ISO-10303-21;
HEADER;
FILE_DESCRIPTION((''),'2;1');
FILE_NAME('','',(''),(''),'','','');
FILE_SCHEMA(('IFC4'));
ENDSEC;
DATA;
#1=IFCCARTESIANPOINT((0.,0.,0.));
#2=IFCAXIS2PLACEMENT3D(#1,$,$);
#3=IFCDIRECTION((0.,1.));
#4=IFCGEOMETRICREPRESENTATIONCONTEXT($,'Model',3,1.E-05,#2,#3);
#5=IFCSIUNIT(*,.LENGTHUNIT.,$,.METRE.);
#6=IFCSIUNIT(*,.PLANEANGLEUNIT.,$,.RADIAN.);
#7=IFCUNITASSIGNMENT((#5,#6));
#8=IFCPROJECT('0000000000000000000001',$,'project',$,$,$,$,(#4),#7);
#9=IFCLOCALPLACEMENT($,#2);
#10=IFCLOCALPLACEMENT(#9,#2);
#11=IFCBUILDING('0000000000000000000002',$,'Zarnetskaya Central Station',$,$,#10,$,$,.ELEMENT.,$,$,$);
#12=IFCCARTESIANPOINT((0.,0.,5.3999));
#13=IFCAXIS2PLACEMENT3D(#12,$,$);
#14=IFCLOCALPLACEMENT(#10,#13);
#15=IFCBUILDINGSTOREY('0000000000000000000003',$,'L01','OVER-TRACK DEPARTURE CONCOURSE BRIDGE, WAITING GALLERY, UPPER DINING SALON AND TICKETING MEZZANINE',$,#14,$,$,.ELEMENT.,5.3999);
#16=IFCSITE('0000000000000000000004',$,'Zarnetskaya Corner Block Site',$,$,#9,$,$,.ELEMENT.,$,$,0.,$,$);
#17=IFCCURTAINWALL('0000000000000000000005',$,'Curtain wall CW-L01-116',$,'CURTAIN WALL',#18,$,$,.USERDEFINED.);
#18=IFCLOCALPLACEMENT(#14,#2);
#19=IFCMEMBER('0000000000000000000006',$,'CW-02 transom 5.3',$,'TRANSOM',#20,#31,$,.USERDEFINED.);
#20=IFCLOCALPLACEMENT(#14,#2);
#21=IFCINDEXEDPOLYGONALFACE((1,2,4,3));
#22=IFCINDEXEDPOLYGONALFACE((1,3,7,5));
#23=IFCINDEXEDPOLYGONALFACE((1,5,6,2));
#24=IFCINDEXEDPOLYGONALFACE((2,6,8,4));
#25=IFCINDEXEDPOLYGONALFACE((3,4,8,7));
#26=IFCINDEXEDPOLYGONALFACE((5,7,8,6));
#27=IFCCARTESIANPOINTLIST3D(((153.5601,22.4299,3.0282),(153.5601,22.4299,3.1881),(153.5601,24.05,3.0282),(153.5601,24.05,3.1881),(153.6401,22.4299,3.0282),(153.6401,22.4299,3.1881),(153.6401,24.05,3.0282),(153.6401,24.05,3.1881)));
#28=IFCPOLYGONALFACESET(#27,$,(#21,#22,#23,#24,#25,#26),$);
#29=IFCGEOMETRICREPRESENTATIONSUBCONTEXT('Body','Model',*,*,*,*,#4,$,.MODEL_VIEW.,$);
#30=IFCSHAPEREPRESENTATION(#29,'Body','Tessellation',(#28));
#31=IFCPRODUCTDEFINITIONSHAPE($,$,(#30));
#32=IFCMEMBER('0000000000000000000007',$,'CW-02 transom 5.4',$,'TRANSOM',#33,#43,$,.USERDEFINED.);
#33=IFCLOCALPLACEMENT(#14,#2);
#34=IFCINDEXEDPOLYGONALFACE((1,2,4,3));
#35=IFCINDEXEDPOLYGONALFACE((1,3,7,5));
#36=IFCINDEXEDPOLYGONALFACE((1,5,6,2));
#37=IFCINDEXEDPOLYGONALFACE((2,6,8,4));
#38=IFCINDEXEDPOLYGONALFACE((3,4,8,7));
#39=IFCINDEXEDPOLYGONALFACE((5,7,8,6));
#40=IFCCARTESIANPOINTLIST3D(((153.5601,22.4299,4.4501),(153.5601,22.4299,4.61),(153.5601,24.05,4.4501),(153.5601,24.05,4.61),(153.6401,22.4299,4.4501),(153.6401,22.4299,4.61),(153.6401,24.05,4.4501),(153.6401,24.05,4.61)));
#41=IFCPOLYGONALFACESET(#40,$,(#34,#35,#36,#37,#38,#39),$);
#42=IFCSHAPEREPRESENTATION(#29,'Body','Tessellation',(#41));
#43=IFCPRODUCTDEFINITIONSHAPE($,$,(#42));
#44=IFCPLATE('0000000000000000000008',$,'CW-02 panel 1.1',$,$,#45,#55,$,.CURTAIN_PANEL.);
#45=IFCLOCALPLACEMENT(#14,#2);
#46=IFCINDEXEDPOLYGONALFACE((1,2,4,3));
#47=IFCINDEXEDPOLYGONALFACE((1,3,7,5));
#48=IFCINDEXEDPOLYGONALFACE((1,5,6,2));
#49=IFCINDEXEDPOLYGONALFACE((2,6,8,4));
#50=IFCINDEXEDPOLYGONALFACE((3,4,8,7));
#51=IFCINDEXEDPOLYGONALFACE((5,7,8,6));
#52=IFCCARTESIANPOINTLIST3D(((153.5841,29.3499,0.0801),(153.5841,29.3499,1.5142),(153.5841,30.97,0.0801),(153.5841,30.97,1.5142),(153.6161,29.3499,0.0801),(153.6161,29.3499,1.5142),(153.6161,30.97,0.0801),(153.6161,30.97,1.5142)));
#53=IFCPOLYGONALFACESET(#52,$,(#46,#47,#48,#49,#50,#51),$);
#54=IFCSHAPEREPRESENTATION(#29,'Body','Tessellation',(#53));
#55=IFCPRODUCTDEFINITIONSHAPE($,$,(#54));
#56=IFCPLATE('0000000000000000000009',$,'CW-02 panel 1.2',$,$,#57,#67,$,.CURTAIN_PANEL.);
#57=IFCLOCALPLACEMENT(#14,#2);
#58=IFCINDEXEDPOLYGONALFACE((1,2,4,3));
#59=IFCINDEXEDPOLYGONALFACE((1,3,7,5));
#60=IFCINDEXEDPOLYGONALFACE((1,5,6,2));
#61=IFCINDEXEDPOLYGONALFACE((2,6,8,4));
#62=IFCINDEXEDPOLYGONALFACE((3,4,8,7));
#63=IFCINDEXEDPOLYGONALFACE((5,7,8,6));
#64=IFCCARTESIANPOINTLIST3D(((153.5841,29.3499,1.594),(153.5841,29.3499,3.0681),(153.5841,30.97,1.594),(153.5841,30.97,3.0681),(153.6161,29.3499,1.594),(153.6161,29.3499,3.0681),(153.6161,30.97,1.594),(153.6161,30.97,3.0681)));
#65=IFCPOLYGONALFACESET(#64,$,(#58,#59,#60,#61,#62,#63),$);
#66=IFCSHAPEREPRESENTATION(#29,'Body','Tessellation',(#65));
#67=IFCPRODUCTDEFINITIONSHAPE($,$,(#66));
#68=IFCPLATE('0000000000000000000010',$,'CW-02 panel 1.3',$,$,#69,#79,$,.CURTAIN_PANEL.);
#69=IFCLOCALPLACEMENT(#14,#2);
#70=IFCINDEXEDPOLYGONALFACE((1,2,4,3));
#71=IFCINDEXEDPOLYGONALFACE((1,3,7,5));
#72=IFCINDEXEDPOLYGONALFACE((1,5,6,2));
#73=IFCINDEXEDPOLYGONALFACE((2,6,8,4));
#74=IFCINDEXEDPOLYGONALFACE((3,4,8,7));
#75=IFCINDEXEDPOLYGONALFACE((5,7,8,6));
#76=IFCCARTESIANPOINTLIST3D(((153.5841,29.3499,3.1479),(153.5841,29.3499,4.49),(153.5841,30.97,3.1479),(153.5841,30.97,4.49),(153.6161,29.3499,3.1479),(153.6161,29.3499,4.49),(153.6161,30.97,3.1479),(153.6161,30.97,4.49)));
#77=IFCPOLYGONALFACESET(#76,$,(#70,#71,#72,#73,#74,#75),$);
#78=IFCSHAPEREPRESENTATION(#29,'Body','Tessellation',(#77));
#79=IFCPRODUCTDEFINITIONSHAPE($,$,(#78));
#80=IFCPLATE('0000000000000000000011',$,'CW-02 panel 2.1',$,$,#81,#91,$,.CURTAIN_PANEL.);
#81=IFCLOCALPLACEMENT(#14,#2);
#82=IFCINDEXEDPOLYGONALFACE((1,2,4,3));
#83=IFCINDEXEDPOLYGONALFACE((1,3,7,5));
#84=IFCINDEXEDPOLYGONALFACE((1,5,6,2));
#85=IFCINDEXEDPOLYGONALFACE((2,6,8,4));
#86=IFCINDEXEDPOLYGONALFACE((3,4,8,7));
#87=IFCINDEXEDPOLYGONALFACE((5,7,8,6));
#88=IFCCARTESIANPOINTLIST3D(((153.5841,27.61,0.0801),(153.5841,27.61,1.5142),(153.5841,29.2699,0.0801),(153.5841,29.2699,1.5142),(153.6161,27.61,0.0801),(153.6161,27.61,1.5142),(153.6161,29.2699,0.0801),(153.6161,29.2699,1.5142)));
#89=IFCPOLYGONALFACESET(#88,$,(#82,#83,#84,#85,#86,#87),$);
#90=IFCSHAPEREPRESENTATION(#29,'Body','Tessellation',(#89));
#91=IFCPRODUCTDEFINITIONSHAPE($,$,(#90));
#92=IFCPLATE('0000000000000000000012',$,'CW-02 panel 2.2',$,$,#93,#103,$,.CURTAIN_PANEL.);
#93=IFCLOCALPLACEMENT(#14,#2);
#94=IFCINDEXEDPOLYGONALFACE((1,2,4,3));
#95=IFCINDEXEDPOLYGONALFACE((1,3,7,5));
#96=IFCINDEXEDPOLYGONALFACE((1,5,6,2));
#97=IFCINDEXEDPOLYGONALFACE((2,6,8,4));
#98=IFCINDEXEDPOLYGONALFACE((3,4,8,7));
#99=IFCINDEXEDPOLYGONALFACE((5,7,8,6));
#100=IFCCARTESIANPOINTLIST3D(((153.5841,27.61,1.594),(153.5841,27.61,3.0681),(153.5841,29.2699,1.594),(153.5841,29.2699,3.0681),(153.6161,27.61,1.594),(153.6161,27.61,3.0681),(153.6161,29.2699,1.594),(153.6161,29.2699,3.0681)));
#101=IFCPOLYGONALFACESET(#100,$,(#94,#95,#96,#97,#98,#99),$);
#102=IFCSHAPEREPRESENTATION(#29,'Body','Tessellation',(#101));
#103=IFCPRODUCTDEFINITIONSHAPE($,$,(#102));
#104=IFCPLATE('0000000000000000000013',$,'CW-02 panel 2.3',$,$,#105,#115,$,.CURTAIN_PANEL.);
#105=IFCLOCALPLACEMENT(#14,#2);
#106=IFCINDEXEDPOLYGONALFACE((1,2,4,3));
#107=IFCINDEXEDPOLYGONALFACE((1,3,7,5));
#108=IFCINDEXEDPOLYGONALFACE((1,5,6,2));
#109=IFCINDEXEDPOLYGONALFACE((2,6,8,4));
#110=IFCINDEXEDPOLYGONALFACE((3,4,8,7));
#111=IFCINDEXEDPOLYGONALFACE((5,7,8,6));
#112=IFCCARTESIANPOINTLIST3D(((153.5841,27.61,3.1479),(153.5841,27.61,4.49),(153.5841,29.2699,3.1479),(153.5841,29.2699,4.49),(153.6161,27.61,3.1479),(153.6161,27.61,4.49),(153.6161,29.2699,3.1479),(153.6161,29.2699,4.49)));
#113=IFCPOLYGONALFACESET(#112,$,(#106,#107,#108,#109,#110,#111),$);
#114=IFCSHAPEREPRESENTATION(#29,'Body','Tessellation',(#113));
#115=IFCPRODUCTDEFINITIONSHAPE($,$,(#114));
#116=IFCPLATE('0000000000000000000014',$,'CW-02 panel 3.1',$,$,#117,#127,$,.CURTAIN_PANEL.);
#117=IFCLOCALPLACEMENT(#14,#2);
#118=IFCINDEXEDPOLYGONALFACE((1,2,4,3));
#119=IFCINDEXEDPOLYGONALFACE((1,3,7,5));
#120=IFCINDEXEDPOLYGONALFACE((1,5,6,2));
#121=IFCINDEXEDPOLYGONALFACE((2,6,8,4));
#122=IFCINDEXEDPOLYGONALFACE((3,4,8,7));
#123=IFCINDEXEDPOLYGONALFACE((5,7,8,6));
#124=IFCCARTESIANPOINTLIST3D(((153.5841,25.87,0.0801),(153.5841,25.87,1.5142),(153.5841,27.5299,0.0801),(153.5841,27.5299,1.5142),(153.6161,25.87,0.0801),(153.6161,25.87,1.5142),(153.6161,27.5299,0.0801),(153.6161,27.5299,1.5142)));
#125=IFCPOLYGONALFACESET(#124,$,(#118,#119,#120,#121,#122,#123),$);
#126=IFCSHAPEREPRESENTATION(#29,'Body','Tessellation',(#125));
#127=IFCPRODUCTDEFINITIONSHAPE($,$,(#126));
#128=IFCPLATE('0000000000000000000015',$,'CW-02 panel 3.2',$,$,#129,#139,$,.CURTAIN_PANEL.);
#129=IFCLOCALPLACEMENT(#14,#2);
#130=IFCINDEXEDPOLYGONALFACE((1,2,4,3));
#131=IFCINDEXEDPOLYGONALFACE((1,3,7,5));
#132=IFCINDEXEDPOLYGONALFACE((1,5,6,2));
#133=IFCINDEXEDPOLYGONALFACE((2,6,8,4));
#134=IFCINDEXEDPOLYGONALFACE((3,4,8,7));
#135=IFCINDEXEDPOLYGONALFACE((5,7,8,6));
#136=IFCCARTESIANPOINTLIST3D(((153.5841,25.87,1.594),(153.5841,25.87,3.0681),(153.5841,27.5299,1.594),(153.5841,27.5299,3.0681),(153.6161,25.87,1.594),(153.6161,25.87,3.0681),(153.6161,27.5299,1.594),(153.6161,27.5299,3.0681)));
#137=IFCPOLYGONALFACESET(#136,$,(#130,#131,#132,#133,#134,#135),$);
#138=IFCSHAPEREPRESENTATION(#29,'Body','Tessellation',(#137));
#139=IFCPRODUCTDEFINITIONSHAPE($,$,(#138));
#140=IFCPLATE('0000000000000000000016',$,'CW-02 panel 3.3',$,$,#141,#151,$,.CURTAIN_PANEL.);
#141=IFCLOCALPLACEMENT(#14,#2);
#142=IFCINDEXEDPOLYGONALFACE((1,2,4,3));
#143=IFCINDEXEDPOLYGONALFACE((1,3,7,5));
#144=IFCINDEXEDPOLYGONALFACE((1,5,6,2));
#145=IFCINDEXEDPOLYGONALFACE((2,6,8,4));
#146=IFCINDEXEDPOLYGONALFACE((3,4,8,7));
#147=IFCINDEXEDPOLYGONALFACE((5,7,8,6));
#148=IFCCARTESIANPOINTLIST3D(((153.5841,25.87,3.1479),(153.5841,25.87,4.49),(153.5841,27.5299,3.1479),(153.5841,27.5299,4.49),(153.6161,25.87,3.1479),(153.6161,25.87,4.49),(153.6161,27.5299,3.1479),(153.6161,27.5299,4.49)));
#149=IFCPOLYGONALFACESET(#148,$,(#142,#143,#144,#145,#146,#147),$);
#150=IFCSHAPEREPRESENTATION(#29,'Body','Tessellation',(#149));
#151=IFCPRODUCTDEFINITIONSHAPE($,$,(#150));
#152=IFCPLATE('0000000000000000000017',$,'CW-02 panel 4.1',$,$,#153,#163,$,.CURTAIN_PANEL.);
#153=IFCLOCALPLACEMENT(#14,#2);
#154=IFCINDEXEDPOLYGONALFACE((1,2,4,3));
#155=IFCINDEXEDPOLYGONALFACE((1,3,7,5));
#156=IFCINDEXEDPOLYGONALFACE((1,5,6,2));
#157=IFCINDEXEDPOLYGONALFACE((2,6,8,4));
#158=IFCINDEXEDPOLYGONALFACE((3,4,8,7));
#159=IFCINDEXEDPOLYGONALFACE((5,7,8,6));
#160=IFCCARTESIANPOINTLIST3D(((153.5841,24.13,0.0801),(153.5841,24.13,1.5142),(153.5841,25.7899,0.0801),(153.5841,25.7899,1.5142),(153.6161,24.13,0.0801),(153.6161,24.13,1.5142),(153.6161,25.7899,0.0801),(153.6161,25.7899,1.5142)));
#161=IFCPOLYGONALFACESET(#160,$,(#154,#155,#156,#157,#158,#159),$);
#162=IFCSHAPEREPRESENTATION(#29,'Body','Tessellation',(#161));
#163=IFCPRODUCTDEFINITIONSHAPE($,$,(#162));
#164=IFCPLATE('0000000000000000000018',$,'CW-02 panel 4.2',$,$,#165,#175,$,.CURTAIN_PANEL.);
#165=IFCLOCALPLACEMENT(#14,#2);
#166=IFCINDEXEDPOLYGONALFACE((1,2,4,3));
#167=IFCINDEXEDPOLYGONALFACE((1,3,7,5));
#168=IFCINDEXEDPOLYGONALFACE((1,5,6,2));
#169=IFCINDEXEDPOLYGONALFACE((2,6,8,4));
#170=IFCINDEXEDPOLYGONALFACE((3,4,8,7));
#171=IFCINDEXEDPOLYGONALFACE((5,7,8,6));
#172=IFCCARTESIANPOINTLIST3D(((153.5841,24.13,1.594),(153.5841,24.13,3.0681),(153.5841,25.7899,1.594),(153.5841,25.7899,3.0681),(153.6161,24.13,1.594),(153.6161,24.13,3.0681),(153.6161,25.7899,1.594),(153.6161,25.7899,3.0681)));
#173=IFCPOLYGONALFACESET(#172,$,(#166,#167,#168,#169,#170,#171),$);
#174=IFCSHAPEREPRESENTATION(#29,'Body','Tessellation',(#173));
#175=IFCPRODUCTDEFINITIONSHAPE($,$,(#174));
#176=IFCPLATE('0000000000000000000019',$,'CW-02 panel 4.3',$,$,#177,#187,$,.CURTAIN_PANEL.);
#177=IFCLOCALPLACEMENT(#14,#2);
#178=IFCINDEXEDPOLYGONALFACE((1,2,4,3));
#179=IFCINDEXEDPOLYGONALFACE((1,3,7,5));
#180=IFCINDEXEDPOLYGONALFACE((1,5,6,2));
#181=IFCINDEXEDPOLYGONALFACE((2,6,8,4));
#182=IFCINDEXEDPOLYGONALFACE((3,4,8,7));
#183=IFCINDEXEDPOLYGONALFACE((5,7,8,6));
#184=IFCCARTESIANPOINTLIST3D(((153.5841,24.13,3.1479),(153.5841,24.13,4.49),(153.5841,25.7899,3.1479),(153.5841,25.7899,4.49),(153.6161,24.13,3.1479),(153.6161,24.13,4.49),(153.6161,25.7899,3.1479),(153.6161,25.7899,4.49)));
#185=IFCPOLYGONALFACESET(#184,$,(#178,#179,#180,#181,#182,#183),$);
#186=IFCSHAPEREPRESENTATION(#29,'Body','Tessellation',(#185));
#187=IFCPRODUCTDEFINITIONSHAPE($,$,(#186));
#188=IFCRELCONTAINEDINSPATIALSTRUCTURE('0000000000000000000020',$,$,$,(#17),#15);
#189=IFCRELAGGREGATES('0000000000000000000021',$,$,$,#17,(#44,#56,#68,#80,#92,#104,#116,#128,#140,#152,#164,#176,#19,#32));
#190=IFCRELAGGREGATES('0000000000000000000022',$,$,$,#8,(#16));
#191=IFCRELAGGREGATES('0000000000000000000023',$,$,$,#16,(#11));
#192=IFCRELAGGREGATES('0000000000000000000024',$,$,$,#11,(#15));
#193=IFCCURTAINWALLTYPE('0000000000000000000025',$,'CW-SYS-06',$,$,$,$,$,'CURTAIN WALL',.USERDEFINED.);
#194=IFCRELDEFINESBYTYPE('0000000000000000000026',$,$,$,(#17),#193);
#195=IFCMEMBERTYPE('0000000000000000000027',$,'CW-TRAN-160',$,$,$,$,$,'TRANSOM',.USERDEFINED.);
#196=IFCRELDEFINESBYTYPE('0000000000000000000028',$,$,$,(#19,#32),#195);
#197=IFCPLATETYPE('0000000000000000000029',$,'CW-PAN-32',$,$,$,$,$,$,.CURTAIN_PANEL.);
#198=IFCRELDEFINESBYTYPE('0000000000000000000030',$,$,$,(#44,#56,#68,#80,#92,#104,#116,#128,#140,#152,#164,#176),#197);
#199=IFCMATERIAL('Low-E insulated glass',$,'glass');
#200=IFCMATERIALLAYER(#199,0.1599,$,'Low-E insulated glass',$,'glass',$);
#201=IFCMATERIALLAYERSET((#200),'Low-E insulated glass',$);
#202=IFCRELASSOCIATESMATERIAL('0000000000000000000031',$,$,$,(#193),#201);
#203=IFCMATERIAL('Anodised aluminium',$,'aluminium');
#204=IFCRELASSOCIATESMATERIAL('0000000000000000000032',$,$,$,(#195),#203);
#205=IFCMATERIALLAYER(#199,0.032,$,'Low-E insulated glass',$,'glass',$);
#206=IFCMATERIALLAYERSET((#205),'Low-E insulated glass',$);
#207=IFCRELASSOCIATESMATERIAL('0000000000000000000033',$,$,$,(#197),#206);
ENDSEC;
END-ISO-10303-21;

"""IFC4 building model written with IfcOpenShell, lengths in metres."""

from ifc_helpers import new_model, si_unit, direction, frame, origin, origin_2d, place, context, subcontext, project, spatial, rectangle, extrude, material, layer, layer_set, material_profile, profile_set, type_object, element, aggregate, save


model = new_model("IFC4")

# Units and contexts
model_context = context("Model", 3, precision=1e-05, world=origin(), true_north=direction((0.0, 1.0)))
body_context = subcontext(model_context, "Body", "Model", "MODEL_VIEW")
ifc_project = project(units=[si_unit("LENGTHUNIT", "METRE"), si_unit("PLANEANGLEUNIT", "RADIAN")], contexts=[model_context])

# Site, building, storey
site_placement = place(None, origin())
site = spatial("IfcSite", under=ifc_project, at=site_placement, Name="Zarnetskaya Corner Block Site", CompositionType="ELEMENT", RefElevation=0.0)
building_placement = place(site_placement, origin())
building = spatial("IfcBuilding", under=site, at=building_placement, Name="Zarnetskaya Central Station", CompositionType="ELEMENT")
storey_placement = place(building_placement, frame((0.0, 0.0, 5.3999)))
storey = spatial("IfcBuildingStorey", under=building, at=storey_placement, Name="L01", Description="OVER-TRACK DEPARTURE CONCOURSE BRIDGE, WAITING GALLERY, UPPER DINING SALON AND TICKETING MEZZANINE", CompositionType="ELEMENT", Elevation=5.3999)

# Curtain wall, members, plates
ifc_material_1 = material(Name="Low-E insulated glass", Category="glass")
ifc_layer_1 = layer(ifc_material_1, 0.1599, Name="Low-E insulated glass", Category="glass")
ifc_layer_set_1 = layer_set([ifc_layer_1], Name="Low-E insulated glass")
curtain_wall_type = type_object("IfcCurtainWallType", Name="CW-SYS-06", ElementType="CURTAIN WALL", PredefinedType="USERDEFINED", material=ifc_layer_set_1)
curtain_wall_placement = place(storey_placement, origin())
curtain_wall = element("IfcCurtainWall", 1, at=curtain_wall_placement, inside=storey, type_object=curtain_wall_type, Name="Curtain wall CW-L01-116", ObjectType="CURTAIN WALL", PredefinedType="USERDEFINED")
ifc_material_2 = material(Name="Anodised aluminium", Category="aluminium")
ifc_material_profile_1 = material_profile(ifc_material_2, rectangle(XDim=0.0801, YDim=0.1599, at=origin_2d()), Name="ALU TRAN 80x160")
ifc_profile_set_1 = profile_set([ifc_material_profile_1], Name="Anodised aluminium")
member_type_1 = type_object("IfcMemberType", Name="CW-TRAN-160", ElementType="TRANSOM", PredefinedType="USERDEFINED", material=ifc_profile_set_1)
member_1_placement = place(storey_placement, frame((153.6001, 24.05, 3.1082), z_axis=(0.0, -1.0, 0.0), x_axis=(1.0, 0.0, 0.0)))
member_1 = element("IfcMember", 2, at=member_1_placement, type_object=member_type_1, Name="CW-02 transom 5.3", ObjectType="TRANSOM", PredefinedType="USERDEFINED", context=body_context, shape_type="SweptSolid", body=[
    extrude(rectangle(XDim=0.0801, YDim=0.1599, at=origin_2d()), origin(), (0.0, 0.0, 1.0), 1.6201),
])
member_2_placement = place(storey_placement, frame((153.6001, 24.05, 4.53), z_axis=(0.0, -1.0, 0.0), x_axis=(1.0, 0.0, 0.0)))
member_2 = element("IfcMember", 3, at=member_2_placement, type_object=member_type_1, Name="CW-02 transom 5.4", ObjectType="TRANSOM", PredefinedType="USERDEFINED", context=body_context, shape_type="SweptSolid", body=[
    extrude(rectangle(XDim=0.0801, YDim=0.1599, at=origin_2d()), origin(), (0.0, 0.0, 1.0), 1.6201),
])
ifc_layer_2 = layer(ifc_material_1, 0.032, Name="Low-E insulated glass", Category="glass")
ifc_layer_set_2 = layer_set([ifc_layer_2], Name="Low-E insulated glass")
plate_type = type_object("IfcPlateType", Name="CW-PAN-32", PredefinedType="CURTAIN_PANEL", material=ifc_layer_set_2)
plate_1_placement = place(storey_placement, frame((153.6001, 30.1599, 0.0801), z_axis=(0.0, 0.0, 1.0), x_axis=(0.0, -1.0, 0.0)))
plate_1 = element("IfcPlate", 4, at=plate_1_placement, type_object=plate_type, Name="CW-02 panel 1.1", PredefinedType="CURTAIN_PANEL", context=body_context, shape_type="SweptSolid", body=[
    extrude(rectangle(XDim=1.6201, YDim=0.032, at=origin_2d()), origin(), (0.0, 0.0, 1.0), 1.4341),
])
plate_2_placement = place(storey_placement, frame((153.6001, 30.1599, 1.594), z_axis=(0.0, 0.0, 1.0), x_axis=(0.0, -1.0, 0.0)))
plate_2 = element("IfcPlate", 5, at=plate_2_placement, type_object=plate_type, Name="CW-02 panel 1.2", PredefinedType="CURTAIN_PANEL", context=body_context, shape_type="SweptSolid", body=[
    extrude(rectangle(XDim=1.6201, YDim=0.032, at=origin_2d()), origin(), (0.0, 0.0, 1.0), 1.4741),
])
plate_3_placement = place(storey_placement, frame((153.6001, 30.1599, 3.1479), z_axis=(0.0, 0.0, 1.0), x_axis=(0.0, -1.0, 0.0)))
plate_3 = element("IfcPlate", 6, at=plate_3_placement, type_object=plate_type, Name="CW-02 panel 1.3", PredefinedType="CURTAIN_PANEL", context=body_context, shape_type="SweptSolid", body=[
    extrude(rectangle(XDim=1.6201, YDim=0.032, at=origin_2d()), origin(), (0.0, 0.0, 1.0), 1.342),
])
plate_4_placement = place(storey_placement, frame((153.6001, 28.4399, 0.0801), z_axis=(0.0, 0.0, 1.0), x_axis=(0.0, -1.0, 0.0)))
plate_4 = element("IfcPlate", 7, at=plate_4_placement, type_object=plate_type, Name="CW-02 panel 2.1", PredefinedType="CURTAIN_PANEL", context=body_context, shape_type="SweptSolid", body=[
    extrude(rectangle(XDim=1.6599, YDim=0.032, at=origin_2d()), origin(), (0.0, 0.0, 1.0), 1.4341),
])
plate_5_placement = place(storey_placement, frame((153.6001, 28.4399, 1.594), z_axis=(0.0, 0.0, 1.0), x_axis=(0.0, -1.0, 0.0)))
plate_5 = element("IfcPlate", 8, at=plate_5_placement, type_object=plate_type, Name="CW-02 panel 2.2", PredefinedType="CURTAIN_PANEL", context=body_context, shape_type="SweptSolid", body=[
    extrude(rectangle(XDim=1.6599, YDim=0.032, at=origin_2d()), origin(), (0.0, 0.0, 1.0), 1.4741),
])
plate_6_placement = place(storey_placement, frame((153.6001, 28.4399, 3.1479), z_axis=(0.0, 0.0, 1.0), x_axis=(0.0, -1.0, 0.0)))
plate_6 = element("IfcPlate", 9, at=plate_6_placement, type_object=plate_type, Name="CW-02 panel 2.3", PredefinedType="CURTAIN_PANEL", context=body_context, shape_type="SweptSolid", body=[
    extrude(rectangle(XDim=1.6599, YDim=0.032, at=origin_2d()), origin(), (0.0, 0.0, 1.0), 1.342),
])
plate_7_placement = place(storey_placement, frame((153.6001, 26.7, 0.0801), z_axis=(0.0, 0.0, 1.0), x_axis=(0.0, -1.0, 0.0)))
plate_7 = element("IfcPlate", 10, at=plate_7_placement, type_object=plate_type, Name="CW-02 panel 3.1", PredefinedType="CURTAIN_PANEL", context=body_context, shape_type="SweptSolid", body=[
    extrude(rectangle(XDim=1.6599, YDim=0.032, at=origin_2d()), origin(), (0.0, 0.0, 1.0), 1.4341),
])
plate_8_placement = place(storey_placement, frame((153.6001, 26.7, 1.594), z_axis=(0.0, 0.0, 1.0), x_axis=(0.0, -1.0, 0.0)))
plate_8 = element("IfcPlate", 11, at=plate_8_placement, type_object=plate_type, Name="CW-02 panel 3.2", PredefinedType="CURTAIN_PANEL", context=body_context, shape_type="SweptSolid", body=[
    extrude(rectangle(XDim=1.6599, YDim=0.032, at=origin_2d()), origin(), (0.0, 0.0, 1.0), 1.4741),
])
plate_9_placement = place(storey_placement, frame((153.6001, 26.7, 3.1479), z_axis=(0.0, 0.0, 1.0), x_axis=(0.0, -1.0, 0.0)))
plate_9 = element("IfcPlate", 12, at=plate_9_placement, type_object=plate_type, Name="CW-02 panel 3.3", PredefinedType="CURTAIN_PANEL", context=body_context, shape_type="SweptSolid", body=[
    extrude(rectangle(XDim=1.6599, YDim=0.032, at=origin_2d()), origin(), (0.0, 0.0, 1.0), 1.342),
])
plate_10_placement = place(storey_placement, frame((153.6001, 24.96, 0.0801), z_axis=(0.0, 0.0, 1.0), x_axis=(0.0, -1.0, 0.0)))
plate_10 = element("IfcPlate", 13, at=plate_10_placement, type_object=plate_type, Name="CW-02 panel 4.1", PredefinedType="CURTAIN_PANEL", context=body_context, shape_type="SweptSolid", body=[
    extrude(rectangle(XDim=1.6599, YDim=0.032, at=origin_2d()), origin(), (0.0, 0.0, 1.0), 1.4341),
])
plate_11_placement = place(storey_placement, frame((153.6001, 24.96, 1.594), z_axis=(0.0, 0.0, 1.0), x_axis=(0.0, -1.0, 0.0)))
plate_11 = element("IfcPlate", 14, at=plate_11_placement, type_object=plate_type, Name="CW-02 panel 4.2", PredefinedType="CURTAIN_PANEL", context=body_context, shape_type="SweptSolid", body=[
    extrude(rectangle(XDim=1.6599, YDim=0.032, at=origin_2d()), origin(), (0.0, 0.0, 1.0), 1.4741),
])
plate_12_placement = place(storey_placement, frame((153.6001, 24.96, 3.1479), z_axis=(0.0, 0.0, 1.0), x_axis=(0.0, -1.0, 0.0)))
plate_12 = element("IfcPlate", 15, at=plate_12_placement, type_object=plate_type, Name="CW-02 panel 4.3", PredefinedType="CURTAIN_PANEL", context=body_context, shape_type="SweptSolid", body=[
    extrude(rectangle(XDim=1.6599, YDim=0.032, at=origin_2d()), origin(), (0.0, 0.0, 1.0), 1.342),
])
aggregate(curtain_wall, [plate_1, plate_2, plate_3, plate_4, plate_5, plate_6, plate_7, plate_8, plate_9, plate_10, plate_11, plate_12, member_1, member_2])

save(model, "model.ifc")
